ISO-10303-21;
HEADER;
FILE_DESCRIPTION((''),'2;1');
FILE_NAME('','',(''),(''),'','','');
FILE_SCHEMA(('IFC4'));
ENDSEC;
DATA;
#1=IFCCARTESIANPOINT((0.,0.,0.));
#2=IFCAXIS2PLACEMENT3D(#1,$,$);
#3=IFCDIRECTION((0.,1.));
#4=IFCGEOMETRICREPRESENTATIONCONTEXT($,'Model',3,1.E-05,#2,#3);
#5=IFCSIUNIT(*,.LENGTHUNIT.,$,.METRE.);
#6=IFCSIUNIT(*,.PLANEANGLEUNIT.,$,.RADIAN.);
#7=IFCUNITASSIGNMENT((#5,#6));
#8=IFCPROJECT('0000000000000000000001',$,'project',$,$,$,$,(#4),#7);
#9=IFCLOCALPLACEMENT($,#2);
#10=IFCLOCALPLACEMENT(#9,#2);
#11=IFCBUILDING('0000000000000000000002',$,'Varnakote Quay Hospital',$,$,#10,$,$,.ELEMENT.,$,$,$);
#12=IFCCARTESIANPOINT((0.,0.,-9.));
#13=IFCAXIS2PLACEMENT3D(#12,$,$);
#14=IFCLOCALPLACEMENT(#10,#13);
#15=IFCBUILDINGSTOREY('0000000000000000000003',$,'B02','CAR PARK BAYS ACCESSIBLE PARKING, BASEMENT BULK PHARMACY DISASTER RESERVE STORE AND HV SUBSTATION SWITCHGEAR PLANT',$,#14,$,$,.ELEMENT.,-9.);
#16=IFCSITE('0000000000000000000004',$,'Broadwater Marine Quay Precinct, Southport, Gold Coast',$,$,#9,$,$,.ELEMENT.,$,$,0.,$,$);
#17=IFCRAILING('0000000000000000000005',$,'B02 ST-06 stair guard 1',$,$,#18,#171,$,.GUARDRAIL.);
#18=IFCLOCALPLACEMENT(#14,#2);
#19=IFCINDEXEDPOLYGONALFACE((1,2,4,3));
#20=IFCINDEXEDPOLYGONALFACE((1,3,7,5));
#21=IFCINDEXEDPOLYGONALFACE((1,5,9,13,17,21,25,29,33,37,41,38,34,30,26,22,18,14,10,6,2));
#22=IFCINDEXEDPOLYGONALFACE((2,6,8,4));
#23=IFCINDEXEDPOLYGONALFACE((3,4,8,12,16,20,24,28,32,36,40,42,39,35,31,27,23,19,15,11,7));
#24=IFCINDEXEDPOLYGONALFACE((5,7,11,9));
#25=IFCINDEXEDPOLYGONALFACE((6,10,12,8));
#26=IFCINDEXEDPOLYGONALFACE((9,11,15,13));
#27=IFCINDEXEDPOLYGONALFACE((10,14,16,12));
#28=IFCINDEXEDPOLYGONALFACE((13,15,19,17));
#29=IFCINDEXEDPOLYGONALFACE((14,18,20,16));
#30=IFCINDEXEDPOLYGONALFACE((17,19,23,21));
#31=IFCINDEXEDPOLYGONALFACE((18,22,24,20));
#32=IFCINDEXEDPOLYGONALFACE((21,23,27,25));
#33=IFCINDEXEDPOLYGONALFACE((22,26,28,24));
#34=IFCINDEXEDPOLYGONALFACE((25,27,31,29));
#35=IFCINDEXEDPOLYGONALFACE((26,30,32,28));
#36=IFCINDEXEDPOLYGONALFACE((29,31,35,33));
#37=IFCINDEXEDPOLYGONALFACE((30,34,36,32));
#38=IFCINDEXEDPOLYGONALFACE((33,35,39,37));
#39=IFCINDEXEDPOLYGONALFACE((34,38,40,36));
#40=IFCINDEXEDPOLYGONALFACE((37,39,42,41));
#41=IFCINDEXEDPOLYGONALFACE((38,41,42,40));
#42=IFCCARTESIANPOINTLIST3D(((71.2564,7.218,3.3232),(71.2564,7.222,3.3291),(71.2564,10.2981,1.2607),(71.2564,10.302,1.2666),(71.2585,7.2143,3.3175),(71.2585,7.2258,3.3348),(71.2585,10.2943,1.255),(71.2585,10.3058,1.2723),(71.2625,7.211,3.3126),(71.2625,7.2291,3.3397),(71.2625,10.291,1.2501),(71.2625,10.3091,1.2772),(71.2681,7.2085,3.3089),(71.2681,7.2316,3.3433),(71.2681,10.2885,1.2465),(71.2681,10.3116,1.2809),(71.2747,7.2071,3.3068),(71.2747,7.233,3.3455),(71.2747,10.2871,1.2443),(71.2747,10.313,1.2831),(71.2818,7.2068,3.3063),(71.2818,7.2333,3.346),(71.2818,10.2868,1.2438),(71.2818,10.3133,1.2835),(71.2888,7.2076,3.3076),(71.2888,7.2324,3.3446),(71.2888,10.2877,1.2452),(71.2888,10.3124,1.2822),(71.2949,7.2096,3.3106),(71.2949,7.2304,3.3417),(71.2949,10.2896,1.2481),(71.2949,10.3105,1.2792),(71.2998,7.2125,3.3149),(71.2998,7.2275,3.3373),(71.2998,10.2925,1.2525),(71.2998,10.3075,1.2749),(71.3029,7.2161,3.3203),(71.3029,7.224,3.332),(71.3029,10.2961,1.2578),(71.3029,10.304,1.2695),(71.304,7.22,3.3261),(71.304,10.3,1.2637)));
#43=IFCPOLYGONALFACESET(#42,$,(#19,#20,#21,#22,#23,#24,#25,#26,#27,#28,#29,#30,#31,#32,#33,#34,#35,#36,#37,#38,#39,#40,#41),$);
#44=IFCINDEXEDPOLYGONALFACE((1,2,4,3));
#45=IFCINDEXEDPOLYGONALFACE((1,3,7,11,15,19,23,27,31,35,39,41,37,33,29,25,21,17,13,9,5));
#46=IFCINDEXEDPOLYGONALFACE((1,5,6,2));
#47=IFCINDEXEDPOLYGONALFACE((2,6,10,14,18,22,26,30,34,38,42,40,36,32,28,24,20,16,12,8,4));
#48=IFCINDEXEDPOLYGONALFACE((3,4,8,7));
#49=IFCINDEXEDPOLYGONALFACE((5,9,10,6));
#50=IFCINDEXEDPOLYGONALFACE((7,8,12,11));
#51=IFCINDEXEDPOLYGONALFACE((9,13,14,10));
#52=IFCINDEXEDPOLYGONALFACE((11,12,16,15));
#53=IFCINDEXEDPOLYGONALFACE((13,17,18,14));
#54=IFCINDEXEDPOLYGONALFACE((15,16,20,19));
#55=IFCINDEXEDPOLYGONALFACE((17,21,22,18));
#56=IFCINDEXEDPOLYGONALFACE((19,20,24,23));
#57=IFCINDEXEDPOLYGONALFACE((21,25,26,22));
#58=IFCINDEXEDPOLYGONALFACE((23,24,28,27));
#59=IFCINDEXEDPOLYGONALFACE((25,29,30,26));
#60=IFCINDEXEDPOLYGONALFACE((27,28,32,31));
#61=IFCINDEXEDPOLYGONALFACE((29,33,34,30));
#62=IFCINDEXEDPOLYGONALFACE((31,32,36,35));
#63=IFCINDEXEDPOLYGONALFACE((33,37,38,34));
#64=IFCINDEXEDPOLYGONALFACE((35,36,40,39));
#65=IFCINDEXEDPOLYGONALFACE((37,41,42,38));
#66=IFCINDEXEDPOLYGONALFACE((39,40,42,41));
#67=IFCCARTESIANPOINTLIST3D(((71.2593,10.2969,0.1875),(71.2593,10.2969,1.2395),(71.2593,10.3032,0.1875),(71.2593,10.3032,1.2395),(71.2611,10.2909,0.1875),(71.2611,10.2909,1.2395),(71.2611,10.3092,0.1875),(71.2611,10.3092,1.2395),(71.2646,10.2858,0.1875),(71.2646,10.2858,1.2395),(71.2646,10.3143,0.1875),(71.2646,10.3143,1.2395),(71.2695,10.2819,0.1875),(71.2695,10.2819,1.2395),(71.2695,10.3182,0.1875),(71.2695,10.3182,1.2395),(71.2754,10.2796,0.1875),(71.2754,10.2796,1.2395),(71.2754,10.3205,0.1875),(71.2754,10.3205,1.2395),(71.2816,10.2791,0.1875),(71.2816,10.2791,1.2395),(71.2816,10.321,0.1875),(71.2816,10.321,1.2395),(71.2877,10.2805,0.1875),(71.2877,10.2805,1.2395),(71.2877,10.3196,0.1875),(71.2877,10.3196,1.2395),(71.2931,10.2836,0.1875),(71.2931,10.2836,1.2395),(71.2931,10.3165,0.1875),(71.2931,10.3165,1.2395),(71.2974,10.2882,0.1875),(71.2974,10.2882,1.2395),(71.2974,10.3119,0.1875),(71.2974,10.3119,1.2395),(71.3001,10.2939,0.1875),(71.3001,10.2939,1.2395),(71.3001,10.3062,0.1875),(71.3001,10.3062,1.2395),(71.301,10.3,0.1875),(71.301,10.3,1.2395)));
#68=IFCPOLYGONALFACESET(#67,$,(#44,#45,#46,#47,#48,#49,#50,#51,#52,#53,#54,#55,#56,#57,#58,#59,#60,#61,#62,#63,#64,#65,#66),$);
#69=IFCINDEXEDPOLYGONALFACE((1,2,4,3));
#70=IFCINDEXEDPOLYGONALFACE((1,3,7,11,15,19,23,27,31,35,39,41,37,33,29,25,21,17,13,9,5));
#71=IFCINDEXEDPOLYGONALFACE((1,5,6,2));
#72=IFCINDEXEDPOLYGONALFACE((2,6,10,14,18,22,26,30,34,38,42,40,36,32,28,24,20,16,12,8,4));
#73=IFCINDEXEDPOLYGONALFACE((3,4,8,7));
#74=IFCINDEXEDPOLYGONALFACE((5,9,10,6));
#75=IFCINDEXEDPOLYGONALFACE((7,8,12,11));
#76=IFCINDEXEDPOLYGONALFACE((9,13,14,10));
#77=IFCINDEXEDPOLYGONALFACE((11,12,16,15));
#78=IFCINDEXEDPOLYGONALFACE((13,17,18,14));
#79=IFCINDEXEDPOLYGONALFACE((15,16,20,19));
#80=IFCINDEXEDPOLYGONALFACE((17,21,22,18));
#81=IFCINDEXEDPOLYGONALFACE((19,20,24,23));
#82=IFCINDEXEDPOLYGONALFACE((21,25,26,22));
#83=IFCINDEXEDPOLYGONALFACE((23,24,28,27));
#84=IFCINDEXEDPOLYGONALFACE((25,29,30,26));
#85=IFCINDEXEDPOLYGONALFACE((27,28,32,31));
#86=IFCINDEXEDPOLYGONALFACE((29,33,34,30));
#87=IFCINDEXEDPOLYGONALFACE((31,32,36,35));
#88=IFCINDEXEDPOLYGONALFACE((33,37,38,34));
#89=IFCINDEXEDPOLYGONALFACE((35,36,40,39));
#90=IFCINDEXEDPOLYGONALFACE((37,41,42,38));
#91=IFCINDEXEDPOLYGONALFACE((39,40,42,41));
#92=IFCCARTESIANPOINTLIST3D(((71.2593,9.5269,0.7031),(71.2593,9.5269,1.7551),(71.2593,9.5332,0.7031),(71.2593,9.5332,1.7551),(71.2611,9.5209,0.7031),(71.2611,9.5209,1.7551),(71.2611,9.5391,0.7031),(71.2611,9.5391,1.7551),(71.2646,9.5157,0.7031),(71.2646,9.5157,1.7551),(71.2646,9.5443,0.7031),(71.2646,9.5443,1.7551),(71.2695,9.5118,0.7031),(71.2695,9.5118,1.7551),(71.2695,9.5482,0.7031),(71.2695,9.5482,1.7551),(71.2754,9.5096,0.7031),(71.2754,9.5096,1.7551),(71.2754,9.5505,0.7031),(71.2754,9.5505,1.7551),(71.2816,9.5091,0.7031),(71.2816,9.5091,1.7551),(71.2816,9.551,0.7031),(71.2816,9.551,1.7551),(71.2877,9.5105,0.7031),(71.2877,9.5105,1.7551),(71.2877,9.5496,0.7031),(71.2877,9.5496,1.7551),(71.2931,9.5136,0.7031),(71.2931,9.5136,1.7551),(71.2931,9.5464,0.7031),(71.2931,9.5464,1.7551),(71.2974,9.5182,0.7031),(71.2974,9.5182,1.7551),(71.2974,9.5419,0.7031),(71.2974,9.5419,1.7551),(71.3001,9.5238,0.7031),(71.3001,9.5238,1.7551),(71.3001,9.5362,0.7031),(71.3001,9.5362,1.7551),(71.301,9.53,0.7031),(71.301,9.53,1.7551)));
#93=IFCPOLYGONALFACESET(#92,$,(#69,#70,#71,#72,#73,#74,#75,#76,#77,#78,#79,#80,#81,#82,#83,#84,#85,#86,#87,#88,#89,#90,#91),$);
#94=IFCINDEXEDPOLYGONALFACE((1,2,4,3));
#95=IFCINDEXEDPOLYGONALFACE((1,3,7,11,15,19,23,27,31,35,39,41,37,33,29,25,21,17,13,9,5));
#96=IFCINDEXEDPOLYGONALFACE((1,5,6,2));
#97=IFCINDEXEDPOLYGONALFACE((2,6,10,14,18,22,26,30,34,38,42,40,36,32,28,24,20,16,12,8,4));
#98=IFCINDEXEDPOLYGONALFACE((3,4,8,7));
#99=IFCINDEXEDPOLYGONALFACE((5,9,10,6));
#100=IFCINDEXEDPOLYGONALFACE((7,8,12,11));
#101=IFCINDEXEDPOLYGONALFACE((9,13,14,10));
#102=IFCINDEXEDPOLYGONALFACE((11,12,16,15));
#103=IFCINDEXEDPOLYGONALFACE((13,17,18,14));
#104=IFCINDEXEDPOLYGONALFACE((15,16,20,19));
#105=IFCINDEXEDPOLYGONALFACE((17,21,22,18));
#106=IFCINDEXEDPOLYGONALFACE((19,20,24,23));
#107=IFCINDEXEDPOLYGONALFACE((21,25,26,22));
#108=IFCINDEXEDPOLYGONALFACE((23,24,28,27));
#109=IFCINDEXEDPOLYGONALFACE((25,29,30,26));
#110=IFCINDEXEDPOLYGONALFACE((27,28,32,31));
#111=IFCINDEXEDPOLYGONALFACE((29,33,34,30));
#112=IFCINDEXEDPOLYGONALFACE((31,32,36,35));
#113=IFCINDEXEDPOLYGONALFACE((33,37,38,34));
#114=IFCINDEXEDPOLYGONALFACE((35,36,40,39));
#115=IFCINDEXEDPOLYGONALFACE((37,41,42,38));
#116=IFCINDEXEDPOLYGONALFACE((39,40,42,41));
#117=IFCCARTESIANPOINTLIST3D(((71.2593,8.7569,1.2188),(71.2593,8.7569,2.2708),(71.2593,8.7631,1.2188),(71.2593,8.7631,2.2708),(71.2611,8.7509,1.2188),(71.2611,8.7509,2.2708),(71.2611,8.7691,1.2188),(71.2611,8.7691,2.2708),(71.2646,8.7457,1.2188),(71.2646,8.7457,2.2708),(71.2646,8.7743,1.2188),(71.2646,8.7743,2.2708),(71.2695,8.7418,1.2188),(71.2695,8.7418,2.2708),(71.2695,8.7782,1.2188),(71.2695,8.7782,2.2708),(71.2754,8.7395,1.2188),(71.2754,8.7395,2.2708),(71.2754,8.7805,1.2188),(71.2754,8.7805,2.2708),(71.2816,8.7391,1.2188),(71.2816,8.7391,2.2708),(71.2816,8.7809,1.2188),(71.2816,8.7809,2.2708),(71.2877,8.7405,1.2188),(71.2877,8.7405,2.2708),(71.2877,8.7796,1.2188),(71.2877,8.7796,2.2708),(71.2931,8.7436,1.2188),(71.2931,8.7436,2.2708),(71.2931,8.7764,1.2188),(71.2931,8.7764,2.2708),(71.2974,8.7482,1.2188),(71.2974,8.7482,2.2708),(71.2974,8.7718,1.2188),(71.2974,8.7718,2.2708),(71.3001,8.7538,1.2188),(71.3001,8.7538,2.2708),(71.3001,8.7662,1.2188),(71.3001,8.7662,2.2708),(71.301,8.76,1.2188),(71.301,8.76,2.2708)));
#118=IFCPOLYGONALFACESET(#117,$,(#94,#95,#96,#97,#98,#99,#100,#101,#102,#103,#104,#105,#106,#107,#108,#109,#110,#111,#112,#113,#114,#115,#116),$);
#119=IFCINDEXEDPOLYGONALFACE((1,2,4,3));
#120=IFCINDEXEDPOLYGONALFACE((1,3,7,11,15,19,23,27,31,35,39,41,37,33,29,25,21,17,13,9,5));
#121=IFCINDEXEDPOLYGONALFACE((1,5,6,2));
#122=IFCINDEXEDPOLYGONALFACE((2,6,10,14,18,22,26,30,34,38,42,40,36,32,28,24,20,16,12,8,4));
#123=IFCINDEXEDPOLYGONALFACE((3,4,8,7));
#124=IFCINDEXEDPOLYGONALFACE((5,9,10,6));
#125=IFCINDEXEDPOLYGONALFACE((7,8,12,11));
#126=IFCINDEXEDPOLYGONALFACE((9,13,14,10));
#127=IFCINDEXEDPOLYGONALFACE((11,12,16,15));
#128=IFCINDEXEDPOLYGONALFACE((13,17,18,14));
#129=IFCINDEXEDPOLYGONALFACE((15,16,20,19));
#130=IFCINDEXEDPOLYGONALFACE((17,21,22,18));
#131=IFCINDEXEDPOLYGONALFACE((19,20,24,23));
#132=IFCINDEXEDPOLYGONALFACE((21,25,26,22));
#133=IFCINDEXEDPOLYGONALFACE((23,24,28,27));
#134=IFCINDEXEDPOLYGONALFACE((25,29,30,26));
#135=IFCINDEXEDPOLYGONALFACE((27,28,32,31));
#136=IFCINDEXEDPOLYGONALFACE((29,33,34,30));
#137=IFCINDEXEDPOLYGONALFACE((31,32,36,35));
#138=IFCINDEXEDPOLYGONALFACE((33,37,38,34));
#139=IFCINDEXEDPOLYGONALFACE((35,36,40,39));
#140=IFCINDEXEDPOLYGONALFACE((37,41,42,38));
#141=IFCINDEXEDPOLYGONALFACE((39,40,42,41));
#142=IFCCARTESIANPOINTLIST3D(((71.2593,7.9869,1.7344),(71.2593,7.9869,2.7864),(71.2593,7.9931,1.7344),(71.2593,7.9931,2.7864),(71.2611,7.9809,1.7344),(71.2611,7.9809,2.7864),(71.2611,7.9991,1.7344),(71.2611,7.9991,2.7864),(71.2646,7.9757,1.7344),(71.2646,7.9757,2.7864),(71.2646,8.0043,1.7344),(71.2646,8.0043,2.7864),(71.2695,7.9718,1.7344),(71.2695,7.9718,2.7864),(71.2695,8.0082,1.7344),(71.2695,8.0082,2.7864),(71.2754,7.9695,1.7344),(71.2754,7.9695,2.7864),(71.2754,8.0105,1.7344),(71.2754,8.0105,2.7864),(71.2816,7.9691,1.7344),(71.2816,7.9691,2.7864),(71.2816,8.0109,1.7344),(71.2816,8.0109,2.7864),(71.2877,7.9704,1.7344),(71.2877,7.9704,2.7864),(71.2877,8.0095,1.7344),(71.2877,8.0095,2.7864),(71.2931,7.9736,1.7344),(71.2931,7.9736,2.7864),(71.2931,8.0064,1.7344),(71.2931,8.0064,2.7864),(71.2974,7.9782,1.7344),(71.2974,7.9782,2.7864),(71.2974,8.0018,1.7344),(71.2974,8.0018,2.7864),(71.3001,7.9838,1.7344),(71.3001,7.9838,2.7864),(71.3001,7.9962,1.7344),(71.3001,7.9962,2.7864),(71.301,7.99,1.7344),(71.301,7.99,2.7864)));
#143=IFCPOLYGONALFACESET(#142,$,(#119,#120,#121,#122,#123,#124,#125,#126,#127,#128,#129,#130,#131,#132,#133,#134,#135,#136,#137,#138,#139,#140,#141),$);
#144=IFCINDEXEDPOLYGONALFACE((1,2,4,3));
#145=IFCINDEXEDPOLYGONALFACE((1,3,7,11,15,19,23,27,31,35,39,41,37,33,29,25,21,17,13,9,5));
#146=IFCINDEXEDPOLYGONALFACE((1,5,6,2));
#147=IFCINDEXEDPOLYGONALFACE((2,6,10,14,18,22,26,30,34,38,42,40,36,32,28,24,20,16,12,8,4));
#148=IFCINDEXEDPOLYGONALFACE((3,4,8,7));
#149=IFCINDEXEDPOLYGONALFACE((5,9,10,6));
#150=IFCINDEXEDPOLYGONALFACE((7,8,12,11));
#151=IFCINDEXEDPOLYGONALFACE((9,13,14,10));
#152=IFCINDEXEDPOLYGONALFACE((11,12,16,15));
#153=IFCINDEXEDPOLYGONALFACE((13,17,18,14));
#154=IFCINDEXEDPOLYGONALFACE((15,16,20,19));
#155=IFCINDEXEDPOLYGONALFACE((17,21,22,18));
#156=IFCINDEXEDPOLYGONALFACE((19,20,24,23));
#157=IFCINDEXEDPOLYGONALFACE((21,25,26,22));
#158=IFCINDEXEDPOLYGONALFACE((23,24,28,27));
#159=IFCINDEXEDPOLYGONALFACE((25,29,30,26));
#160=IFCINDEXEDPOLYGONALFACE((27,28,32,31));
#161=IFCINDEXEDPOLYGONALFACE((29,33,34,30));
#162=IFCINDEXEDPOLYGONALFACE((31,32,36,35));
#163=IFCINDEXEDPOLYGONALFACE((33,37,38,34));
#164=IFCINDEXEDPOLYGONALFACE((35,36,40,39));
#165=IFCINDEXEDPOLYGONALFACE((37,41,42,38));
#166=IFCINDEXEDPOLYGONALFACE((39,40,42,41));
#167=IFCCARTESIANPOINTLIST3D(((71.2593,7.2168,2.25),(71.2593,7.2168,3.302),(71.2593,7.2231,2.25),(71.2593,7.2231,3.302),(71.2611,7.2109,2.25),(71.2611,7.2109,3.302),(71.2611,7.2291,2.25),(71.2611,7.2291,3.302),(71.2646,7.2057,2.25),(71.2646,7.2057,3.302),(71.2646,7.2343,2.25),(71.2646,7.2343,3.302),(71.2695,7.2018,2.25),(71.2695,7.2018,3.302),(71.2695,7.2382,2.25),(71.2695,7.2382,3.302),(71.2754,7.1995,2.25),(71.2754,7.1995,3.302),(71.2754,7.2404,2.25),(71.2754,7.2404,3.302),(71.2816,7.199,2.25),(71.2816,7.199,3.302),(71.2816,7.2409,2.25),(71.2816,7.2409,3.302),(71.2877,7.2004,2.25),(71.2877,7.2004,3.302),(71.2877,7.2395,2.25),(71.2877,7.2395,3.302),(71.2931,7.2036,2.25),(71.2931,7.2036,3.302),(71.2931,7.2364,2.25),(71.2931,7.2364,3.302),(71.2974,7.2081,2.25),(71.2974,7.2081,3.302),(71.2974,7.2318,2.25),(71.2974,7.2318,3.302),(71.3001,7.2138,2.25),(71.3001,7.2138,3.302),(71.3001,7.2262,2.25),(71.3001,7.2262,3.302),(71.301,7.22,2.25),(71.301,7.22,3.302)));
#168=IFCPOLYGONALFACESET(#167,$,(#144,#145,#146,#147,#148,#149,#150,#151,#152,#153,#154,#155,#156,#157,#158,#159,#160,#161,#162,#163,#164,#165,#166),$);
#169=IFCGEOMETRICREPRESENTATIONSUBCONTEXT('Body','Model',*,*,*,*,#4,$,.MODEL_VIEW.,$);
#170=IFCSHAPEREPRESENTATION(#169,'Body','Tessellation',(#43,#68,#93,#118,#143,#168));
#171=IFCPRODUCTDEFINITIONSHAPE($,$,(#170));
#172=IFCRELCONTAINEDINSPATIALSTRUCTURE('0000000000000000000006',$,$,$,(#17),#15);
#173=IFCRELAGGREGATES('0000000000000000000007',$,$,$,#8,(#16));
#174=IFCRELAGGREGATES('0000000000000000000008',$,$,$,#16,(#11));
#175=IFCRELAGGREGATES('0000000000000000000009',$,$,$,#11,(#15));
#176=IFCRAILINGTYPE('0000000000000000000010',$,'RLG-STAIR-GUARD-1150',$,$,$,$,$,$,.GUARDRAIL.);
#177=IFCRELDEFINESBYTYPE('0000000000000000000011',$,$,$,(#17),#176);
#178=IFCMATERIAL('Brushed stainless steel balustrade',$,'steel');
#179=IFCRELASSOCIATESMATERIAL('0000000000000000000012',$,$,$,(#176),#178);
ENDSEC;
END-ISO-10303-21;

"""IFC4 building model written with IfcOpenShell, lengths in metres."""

from ifc_helpers import new_model, si_unit, direction, frame, origin, origin_2d, place, context, subcontext, project, spatial, circle, extrude, material, type_object, element, save


model = new_model("IFC4")

# Units and contexts
model_context = context("Model", 3, precision=1e-05, world=origin(), true_north=direction((0.0, 1.0)))
body_context = subcontext(model_context, "Body", "Model", "MODEL_VIEW")
ifc_project = project(units=[si_unit("LENGTHUNIT", "METRE"), si_unit("PLANEANGLEUNIT", "RADIAN")], contexts=[model_context])

# Site, building, storey
site_placement = place(None, origin())
site = spatial("IfcSite", under=ifc_project, at=site_placement, Name="Broadwater Marine Quay Precinct, Southport, Gold Coast", CompositionType="ELEMENT", RefElevation=0.0)
building_placement = place(site_placement, origin())
building = spatial("IfcBuilding", under=site, at=building_placement, Name="Varnakote Quay Hospital", CompositionType="ELEMENT")
storey_placement = place(building_placement, frame((0.0, 0.0, -9.0)))
storey = spatial("IfcBuildingStorey", under=building, at=storey_placement, Name="B02", Description="CAR PARK BAYS ACCESSIBLE PARKING, BASEMENT BULK PHARMACY DISASTER RESERVE STORE AND HV SUBSTATION SWITCHGEAR PLANT", CompositionType="ELEMENT", Elevation=-9.0)

# Railing
ifc_material_1 = material(Name="Brushed stainless steel balustrade", Category="steel")
railing_type_1 = type_object("IfcRailingType", Name="RLG-STAIR-GUARD-1150", PredefinedType="GUARDRAIL", material=ifc_material_1)
railing_1_placement = place(storey_placement, frame((71.28, 10.3, 0.1875)))
element("IfcRailing", 1, at=railing_1_placement, inside=storey, type_object=railing_type_1, Name="B02 ST-06 stair guard 1", PredefinedType="GUARDRAIL", context=body_context, shape_type="SweptSolid", body=[
    extrude(circle(Radius=0.0239, at=origin_2d()), frame((0.0, 0.0, 1.0762), z_axis=(0.0, -0.830914, 0.556401), x_axis=(1.0, 0.0, 0.0)), (0.0, 0.0, 1.0), 3.7068),
    extrude(circle(Radius=0.021, at=origin_2d()), origin(), (0.0, 0.0, 1.0), 1.052),
    extrude(circle(Radius=0.021, at=origin_2d()), frame((0.0, -0.77, 0.5156)), (0.0, 0.0, 1.0), 1.052),
    extrude(circle(Radius=0.021, at=origin_2d()), frame((0.0, -1.54, 1.0312)), (0.0, 0.0, 1.0), 1.052),
    extrude(circle(Radius=0.021, at=origin_2d()), frame((0.0, -2.3101, 1.5469)), (0.0, 0.0, 1.0), 1.052),
    extrude(circle(Radius=0.021, at=origin_2d()), frame((0.0, -3.0801, 2.0625)), (0.0, 0.0, 1.0), 1.052),
])

save(model, "model.ifc")
